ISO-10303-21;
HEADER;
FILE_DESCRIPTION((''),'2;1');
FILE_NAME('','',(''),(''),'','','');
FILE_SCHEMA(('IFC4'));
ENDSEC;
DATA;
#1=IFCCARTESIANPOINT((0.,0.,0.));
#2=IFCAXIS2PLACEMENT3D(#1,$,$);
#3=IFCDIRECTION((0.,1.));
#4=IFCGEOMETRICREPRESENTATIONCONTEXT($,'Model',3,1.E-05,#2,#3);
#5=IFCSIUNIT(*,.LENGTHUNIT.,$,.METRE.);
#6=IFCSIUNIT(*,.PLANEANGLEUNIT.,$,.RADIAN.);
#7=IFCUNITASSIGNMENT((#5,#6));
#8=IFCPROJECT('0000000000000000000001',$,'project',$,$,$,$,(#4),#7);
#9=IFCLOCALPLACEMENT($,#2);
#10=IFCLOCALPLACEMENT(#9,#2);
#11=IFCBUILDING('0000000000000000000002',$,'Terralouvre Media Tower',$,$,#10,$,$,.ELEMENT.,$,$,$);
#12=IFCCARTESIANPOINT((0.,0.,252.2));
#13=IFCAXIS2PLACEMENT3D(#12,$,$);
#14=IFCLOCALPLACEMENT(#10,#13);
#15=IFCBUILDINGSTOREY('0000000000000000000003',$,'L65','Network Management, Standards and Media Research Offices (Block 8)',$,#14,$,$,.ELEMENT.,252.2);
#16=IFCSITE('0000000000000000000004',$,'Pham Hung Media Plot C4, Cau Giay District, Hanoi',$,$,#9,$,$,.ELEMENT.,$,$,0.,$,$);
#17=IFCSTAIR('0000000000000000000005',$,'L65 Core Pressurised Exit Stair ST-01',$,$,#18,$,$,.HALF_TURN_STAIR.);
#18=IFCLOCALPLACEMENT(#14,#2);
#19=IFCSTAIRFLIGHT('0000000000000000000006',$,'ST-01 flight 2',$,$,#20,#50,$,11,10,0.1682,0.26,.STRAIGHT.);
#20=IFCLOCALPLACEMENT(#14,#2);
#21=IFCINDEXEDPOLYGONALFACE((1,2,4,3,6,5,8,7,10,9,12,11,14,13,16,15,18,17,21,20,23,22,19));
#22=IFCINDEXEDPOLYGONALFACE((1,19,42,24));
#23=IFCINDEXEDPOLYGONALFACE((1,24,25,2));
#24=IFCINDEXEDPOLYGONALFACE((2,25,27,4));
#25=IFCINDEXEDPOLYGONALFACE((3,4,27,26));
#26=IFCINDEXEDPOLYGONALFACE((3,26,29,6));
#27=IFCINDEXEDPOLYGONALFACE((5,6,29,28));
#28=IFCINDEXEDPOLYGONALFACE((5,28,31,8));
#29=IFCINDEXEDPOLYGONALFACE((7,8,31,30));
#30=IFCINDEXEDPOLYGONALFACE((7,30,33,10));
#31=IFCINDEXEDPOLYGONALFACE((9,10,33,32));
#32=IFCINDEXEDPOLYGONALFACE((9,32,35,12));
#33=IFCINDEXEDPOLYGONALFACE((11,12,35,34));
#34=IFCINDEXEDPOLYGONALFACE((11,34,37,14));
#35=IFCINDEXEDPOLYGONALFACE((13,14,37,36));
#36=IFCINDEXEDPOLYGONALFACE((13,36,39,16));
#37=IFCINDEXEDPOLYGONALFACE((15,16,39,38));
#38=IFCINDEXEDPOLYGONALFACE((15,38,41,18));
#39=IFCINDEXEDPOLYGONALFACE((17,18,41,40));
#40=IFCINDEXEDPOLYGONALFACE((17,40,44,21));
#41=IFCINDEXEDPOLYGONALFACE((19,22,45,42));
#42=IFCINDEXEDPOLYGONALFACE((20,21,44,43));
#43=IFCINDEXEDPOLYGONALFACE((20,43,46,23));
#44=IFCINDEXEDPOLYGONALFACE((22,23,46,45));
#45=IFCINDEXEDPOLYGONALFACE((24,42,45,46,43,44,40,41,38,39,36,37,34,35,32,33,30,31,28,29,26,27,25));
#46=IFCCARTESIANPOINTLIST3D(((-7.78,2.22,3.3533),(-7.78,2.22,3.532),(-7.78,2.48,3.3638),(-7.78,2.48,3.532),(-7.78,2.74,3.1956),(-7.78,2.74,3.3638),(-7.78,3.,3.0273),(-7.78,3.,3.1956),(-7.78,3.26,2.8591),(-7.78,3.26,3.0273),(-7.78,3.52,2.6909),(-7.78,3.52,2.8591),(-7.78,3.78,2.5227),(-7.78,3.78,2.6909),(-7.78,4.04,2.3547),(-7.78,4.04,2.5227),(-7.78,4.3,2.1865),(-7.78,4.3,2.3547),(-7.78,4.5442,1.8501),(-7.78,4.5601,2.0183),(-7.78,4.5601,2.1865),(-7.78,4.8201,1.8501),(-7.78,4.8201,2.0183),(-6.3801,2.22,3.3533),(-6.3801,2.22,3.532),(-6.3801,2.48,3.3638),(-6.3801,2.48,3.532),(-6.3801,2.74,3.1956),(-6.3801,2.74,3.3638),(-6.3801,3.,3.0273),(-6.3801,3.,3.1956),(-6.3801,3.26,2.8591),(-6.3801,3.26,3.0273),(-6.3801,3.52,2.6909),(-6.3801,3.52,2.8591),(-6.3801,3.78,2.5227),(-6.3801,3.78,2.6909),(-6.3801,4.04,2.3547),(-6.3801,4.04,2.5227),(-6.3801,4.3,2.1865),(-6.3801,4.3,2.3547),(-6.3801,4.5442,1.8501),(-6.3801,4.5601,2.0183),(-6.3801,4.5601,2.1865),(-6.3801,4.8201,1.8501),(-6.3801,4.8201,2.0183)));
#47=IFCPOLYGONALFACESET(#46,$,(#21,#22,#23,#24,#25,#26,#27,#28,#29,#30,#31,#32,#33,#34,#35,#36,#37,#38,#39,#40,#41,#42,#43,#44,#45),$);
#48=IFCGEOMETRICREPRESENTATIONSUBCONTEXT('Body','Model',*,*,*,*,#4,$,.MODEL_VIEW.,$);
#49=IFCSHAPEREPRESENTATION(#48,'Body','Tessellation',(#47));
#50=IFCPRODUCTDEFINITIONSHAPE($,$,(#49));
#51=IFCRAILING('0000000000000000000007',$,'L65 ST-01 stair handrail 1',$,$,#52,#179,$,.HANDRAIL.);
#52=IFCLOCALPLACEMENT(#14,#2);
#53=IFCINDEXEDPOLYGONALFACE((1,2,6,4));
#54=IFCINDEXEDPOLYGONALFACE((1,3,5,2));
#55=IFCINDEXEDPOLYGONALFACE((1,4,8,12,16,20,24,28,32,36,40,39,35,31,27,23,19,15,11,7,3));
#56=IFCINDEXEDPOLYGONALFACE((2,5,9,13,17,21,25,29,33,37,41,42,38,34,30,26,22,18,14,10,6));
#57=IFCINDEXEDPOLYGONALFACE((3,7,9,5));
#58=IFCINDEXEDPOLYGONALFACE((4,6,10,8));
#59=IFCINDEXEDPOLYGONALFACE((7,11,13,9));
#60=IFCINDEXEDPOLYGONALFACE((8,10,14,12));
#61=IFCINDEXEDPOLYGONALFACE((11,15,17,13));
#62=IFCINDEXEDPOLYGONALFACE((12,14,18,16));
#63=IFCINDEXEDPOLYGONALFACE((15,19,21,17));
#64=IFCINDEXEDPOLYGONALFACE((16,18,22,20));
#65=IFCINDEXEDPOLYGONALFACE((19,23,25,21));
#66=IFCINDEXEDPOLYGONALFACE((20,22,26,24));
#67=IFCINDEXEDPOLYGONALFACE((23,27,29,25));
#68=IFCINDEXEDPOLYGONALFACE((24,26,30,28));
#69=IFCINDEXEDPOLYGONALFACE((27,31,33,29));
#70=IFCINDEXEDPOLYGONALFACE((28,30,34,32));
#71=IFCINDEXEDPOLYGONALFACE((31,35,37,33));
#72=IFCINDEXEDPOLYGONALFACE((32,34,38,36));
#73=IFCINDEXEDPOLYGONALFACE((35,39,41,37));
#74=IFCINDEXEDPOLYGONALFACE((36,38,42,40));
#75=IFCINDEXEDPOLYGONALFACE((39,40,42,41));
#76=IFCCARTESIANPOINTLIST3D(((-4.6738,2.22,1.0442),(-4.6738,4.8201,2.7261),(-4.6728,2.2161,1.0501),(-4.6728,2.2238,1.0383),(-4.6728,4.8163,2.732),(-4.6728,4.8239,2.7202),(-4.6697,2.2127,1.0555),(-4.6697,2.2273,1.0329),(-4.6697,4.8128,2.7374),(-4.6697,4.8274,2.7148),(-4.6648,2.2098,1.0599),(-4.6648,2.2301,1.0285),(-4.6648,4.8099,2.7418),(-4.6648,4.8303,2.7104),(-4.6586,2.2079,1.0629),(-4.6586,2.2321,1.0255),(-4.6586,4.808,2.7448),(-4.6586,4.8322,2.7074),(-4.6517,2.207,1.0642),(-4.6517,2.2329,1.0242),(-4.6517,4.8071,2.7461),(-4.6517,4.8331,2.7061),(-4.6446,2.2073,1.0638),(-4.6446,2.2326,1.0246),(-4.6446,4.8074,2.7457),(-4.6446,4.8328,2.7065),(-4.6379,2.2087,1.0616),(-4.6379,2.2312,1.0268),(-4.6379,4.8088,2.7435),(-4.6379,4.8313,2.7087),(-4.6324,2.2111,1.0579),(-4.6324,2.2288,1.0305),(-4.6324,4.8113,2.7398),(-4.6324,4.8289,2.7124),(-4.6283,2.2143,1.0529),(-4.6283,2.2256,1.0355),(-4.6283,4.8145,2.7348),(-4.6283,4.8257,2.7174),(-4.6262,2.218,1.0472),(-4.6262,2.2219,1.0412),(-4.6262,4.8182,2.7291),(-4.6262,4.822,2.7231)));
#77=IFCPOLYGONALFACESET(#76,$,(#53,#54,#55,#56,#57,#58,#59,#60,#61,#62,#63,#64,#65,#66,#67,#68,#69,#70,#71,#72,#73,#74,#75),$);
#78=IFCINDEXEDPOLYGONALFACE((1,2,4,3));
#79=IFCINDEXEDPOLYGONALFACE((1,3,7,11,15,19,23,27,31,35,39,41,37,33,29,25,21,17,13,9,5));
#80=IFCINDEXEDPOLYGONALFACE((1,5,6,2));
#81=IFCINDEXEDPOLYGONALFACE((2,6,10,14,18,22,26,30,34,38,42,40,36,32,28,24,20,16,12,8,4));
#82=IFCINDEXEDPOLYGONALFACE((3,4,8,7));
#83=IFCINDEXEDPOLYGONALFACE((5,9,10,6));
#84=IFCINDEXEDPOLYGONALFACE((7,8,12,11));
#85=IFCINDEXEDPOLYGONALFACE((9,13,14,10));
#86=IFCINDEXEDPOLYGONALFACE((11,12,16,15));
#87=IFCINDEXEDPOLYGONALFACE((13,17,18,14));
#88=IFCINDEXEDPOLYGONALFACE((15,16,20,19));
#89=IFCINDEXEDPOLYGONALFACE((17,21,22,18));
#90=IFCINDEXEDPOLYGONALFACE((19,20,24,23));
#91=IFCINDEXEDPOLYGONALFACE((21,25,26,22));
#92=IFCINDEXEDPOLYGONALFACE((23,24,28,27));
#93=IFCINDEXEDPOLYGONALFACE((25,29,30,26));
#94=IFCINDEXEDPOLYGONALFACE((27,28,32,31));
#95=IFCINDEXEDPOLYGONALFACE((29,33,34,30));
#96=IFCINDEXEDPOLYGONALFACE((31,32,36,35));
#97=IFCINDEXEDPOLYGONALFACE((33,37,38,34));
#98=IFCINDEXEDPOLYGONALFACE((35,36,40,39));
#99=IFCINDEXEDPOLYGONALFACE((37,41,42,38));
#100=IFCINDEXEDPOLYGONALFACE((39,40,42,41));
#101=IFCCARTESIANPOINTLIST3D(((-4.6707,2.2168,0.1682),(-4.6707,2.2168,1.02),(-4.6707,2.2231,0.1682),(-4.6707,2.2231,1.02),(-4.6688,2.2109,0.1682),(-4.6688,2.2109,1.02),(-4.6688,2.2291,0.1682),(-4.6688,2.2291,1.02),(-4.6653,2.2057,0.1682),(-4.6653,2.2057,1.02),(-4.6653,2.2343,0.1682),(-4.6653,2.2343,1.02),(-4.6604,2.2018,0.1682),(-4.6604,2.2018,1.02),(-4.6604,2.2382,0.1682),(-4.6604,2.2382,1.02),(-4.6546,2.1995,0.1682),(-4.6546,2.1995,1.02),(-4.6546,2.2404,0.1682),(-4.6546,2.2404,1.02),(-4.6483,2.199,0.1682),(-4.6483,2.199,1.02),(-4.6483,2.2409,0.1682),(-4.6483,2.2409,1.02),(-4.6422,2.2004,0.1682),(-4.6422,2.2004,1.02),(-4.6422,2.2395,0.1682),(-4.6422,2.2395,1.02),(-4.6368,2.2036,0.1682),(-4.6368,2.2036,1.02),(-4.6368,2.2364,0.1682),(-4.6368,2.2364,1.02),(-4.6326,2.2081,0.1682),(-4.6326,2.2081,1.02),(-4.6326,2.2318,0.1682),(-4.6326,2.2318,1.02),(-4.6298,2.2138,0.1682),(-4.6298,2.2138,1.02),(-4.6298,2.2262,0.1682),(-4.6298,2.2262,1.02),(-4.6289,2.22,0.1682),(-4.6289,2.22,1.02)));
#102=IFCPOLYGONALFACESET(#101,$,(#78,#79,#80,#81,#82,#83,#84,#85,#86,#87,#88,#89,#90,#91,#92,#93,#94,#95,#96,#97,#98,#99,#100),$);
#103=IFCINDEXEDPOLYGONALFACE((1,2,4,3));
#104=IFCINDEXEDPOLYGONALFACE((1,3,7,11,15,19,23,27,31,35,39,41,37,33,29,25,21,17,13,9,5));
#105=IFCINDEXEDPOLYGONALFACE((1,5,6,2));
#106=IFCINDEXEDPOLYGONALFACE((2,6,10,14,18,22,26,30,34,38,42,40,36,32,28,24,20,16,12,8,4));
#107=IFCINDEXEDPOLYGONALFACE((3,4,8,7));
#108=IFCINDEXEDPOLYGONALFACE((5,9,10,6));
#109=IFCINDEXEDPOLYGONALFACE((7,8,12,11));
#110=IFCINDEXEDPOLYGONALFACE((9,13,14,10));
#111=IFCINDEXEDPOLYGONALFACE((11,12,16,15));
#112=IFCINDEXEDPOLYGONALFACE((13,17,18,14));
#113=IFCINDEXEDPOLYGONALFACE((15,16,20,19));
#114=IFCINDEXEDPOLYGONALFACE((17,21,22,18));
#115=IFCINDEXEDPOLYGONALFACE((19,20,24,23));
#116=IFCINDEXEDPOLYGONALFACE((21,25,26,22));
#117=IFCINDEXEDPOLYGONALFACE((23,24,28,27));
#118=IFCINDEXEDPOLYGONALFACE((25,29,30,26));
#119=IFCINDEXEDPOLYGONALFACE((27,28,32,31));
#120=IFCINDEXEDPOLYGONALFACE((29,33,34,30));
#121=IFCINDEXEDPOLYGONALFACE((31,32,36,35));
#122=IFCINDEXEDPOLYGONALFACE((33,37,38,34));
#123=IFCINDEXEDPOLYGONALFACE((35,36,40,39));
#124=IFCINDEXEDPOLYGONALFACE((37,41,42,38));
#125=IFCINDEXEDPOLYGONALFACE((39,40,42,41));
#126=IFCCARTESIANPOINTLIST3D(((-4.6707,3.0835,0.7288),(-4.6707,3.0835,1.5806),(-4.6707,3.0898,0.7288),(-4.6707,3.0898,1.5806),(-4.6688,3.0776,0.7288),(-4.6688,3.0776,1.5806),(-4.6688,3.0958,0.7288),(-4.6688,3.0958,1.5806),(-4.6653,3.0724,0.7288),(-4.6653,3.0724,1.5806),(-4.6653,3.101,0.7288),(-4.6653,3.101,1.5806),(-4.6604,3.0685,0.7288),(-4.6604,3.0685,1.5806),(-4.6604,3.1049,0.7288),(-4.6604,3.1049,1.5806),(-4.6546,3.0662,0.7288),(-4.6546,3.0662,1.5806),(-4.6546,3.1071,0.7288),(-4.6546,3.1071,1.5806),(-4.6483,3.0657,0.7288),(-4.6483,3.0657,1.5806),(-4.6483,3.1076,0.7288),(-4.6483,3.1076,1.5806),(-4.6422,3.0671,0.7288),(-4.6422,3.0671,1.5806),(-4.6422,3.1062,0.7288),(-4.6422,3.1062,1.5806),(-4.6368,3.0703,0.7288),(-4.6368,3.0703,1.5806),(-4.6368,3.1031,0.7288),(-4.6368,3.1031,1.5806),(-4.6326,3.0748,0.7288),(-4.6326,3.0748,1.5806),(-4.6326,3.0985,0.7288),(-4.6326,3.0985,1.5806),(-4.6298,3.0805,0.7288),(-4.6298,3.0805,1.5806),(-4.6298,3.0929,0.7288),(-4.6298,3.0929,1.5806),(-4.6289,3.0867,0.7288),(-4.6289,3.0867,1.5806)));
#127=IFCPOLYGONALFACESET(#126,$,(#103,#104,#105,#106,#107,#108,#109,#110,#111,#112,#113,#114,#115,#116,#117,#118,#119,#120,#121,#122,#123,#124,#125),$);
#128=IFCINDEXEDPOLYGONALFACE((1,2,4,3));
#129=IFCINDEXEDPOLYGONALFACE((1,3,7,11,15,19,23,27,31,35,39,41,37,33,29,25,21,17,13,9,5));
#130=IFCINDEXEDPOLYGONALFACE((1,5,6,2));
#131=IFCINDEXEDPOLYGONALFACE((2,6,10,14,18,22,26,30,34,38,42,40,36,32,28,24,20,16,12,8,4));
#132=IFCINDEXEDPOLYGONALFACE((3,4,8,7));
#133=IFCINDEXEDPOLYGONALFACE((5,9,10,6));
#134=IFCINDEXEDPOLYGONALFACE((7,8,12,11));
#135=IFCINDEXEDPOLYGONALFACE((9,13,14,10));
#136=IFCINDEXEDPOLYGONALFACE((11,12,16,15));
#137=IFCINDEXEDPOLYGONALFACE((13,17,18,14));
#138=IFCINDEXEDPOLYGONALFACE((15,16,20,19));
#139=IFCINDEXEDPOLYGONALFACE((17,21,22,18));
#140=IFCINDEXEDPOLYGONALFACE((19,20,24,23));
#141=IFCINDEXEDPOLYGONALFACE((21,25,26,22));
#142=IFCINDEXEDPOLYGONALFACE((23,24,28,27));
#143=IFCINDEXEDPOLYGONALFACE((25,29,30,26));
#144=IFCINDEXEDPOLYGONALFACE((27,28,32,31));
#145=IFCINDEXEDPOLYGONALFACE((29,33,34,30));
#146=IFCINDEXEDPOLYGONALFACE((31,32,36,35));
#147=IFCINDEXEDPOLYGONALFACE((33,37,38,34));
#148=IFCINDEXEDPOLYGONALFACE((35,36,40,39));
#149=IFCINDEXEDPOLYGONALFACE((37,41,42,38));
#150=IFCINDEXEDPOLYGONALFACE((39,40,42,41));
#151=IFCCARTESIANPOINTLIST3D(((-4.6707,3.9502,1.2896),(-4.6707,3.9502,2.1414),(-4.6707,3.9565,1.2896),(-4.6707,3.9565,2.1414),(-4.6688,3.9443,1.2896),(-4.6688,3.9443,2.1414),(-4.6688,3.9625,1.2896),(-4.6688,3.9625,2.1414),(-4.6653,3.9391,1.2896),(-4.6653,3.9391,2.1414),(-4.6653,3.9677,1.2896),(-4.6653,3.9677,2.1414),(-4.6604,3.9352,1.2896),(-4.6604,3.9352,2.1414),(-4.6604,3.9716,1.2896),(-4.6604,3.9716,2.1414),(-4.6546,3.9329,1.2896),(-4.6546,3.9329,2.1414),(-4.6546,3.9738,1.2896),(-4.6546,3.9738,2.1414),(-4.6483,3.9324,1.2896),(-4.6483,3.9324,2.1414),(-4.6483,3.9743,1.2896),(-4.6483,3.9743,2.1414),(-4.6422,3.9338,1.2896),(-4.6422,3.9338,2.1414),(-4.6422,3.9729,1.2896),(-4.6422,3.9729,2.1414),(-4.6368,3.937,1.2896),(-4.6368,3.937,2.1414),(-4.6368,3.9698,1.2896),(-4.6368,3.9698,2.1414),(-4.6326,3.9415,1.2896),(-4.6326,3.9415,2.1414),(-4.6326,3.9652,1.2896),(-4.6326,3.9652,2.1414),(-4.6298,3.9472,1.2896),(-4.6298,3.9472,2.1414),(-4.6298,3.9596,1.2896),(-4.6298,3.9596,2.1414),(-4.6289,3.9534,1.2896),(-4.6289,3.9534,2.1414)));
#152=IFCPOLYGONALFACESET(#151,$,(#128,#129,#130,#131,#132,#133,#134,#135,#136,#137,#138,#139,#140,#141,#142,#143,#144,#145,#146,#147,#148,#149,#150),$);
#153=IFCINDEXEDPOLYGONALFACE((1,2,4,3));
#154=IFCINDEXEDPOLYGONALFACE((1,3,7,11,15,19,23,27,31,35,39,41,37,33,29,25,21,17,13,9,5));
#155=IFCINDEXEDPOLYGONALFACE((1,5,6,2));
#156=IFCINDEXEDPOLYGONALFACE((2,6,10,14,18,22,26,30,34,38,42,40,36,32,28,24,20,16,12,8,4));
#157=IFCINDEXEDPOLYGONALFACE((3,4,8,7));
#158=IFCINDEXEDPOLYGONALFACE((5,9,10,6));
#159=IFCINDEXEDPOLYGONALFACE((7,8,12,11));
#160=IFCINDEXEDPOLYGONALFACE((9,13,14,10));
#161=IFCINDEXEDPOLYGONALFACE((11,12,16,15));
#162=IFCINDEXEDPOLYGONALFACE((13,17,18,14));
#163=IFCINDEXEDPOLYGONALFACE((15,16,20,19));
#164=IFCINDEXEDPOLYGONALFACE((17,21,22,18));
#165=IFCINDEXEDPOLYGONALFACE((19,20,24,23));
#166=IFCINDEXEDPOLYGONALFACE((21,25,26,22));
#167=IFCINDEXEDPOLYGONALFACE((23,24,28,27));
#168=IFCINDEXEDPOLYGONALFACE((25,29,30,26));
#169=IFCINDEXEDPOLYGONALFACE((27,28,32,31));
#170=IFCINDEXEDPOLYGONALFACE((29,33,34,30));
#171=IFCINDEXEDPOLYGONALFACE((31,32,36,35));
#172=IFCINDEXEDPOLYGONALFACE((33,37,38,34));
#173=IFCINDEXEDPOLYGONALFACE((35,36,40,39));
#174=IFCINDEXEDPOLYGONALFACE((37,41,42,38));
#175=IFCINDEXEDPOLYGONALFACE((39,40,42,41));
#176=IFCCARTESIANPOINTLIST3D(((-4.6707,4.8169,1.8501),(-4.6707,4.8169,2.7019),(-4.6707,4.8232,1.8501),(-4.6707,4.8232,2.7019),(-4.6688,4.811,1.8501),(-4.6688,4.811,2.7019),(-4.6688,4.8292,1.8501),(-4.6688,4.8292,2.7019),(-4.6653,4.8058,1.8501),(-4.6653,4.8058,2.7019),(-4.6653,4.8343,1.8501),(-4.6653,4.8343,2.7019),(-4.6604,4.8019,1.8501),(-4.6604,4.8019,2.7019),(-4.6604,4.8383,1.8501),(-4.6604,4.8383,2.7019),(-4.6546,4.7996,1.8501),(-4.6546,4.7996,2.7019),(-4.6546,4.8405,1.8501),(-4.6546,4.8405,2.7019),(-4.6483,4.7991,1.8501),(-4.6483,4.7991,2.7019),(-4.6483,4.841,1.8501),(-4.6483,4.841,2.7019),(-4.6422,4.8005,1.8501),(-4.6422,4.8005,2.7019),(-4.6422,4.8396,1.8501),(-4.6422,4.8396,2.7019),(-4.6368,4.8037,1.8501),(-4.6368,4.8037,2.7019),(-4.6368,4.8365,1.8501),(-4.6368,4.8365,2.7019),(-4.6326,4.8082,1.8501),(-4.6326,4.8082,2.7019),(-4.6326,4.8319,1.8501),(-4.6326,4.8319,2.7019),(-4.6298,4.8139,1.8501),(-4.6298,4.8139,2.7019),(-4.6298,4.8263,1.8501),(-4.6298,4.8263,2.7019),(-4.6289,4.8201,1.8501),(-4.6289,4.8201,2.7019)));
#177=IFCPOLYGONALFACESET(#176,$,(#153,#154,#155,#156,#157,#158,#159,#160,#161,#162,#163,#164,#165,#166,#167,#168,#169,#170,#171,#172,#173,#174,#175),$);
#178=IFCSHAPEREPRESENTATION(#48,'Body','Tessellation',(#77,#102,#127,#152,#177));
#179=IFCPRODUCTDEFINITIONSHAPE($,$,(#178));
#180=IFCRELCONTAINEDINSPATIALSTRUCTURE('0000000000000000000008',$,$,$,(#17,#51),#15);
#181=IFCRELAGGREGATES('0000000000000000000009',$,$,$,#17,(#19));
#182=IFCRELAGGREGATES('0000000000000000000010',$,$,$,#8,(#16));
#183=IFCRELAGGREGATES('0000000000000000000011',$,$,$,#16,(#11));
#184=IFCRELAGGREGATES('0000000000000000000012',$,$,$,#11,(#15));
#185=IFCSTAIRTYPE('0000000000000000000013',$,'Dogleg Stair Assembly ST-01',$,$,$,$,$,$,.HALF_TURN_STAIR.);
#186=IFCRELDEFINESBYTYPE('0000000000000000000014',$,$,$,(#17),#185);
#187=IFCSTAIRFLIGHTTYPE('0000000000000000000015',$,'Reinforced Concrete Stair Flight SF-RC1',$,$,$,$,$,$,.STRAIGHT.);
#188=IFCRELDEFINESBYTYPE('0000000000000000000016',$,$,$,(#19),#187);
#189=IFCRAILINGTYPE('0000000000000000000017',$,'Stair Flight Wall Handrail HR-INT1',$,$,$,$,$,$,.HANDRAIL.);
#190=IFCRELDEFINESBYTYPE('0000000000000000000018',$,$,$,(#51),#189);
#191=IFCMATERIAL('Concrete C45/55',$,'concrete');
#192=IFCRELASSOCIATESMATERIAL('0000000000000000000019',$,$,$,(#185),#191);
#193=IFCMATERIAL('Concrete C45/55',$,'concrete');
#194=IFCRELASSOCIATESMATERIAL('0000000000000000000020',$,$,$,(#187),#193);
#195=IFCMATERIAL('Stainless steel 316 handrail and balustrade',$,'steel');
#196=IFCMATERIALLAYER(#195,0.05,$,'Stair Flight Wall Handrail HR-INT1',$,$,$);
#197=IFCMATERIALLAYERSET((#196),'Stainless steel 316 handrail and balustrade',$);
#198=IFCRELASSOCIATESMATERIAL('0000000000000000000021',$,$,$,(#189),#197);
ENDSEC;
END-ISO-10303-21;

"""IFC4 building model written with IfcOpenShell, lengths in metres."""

from ifc_helpers import new_model, si_unit, direction, frame, origin, origin_2d, place, context, subcontext, project, spatial, polyline, circle, outline, extrude, material, layer, layer_set, type_object, element, aggregate, save


model = new_model("IFC4")

# Units and contexts
model_context = context("Model", 3, precision=1e-05, world=origin(), true_north=direction((0.0, 1.0)))
body_context = subcontext(model_context, "Body", "Model", "MODEL_VIEW")
ifc_project = project(units=[si_unit("LENGTHUNIT", "METRE"), si_unit("PLANEANGLEUNIT", "RADIAN")], contexts=[model_context])

# Site, building, storey
site_placement = place(None, origin())
site = spatial("IfcSite", under=ifc_project, at=site_placement, Name="Pham Hung Media Plot C4, Cau Giay District, Hanoi", CompositionType="ELEMENT", RefElevation=0.0)
building_placement = place(site_placement, origin())
building = spatial("IfcBuilding", under=site, at=building_placement, Name="Terralouvre Media Tower", CompositionType="ELEMENT")
storey_placement = place(building_placement, frame((0.0, 0.0, 252.2)))
storey = spatial("IfcBuildingStorey", under=building, at=storey_placement, Name="L65", Description="Network Management, Standards and Media Research Offices (Block 8)", CompositionType="ELEMENT", Elevation=252.2)

# Stair, stair flight
ifc_material_1 = material(Name="Concrete C45/55", Category="concrete")
stair_type = type_object("IfcStairType", Name="Dogleg Stair Assembly ST-01", PredefinedType="HALF_TURN_STAIR", material=ifc_material_1)
stair_placement = place(storey_placement, origin())
stair = element("IfcStair", 1, at=stair_placement, inside=storey, type_object=stair_type, Name="L65 Core Pressurised Exit Stair ST-01", PredefinedType="HALF_TURN_STAIR")
ifc_material_2 = material(Name="Concrete C45/55", Category="concrete")
stair_flight_type = type_object("IfcStairFlightType", Name="Reinforced Concrete Stair Flight SF-RC1", PredefinedType="STRAIGHT", material=ifc_material_2)
stair_flight_1_placement = place(storey_placement, frame((-7.0801, 4.8201, 1.8501), z_axis=(0.0, 0.0, 1.0), x_axis=(0.0, -1.0, 0.0)))
stair_flight_1 = element("IfcStairFlight", 2, at=stair_flight_1_placement, type_object=stair_flight_type, Name="ST-01 flight 2", NumberOfRisers=11, NumberOfTreads=10, PredefinedType="STRAIGHT", RiserHeight=0.1682, TreadLength=0.26, context=body_context, shape_type="SweptSolid", body=[
    extrude(outline(polyline([(0.0, 0.0), (0.0, 0.1682), (0.26, 0.1682), (0.26, 0.3364), (0.52, 0.3364), (0.52, 0.5046), (0.78, 0.5046), (0.78, 0.6726), (1.04, 0.6726), (1.04, 0.8408), (1.3, 0.8408), (1.3, 1.009), (1.5601, 1.009), (1.5601, 1.1772), (1.8201, 1.1772), (1.8201, 1.3455), (2.0801, 1.3455), (2.0801, 1.5137), (2.3401, 1.5137), (2.3401, 1.6819), (2.6001, 1.6819), (2.6001, 1.8501), (2.6001, 1.5032), (0.2759, 0.0), (0.0, 0.0)])), frame((0.0, 0.7, 0.0), z_axis=(0.0, -1.0, 0.0), x_axis=(1.0, 0.0, 0.0)), (0.0, 0.0, 1.0), 1.3999),
])
aggregate(stair, [stair_flight_1])

# Railing
ifc_material_3 = material(Name="Stainless steel 316 handrail and balustrade", Category="steel")
ifc_layer_1 = layer(ifc_material_3, 0.05, Name="Stair Flight Wall Handrail HR-INT1")
ifc_layer_set_1 = layer_set([ifc_layer_1], Name="Stainless steel 316 handrail and balustrade")
railing_type_1 = type_object("IfcRailingType", Name="Stair Flight Wall Handrail HR-INT1", PredefinedType="HANDRAIL", material=ifc_layer_set_1)
railing_1_placement = place(storey_placement, frame((-4.6499, 2.22, 0.1682)))
element("IfcRailing", 3, at=railing_1_placement, inside=storey, type_object=railing_type_1, Name="L65 ST-01 stair handrail 1", PredefinedType="HANDRAIL", context=body_context, shape_type="SweptSolid", body=[
    extrude(circle(Radius=0.0239, at=origin_2d()), frame((0.0, 0.0, 0.876), z_axis=(0.0, 0.839648, 0.54313), x_axis=(-1.0, 0.0, 0.0)), (0.0, 0.0, 1.0), 3.0967),
    extrude(circle(Radius=0.021, at=origin_2d()), origin(), (0.0, 0.0, 1.0), 0.8518),
    extrude(circle(Radius=0.021, at=origin_2d()), frame((0.0, 0.8667, 0.5605)), (0.0, 0.0, 1.0), 0.8518),
    extrude(circle(Radius=0.021, at=origin_2d()), frame((0.0, 1.7334, 1.1213)), (0.0, 0.0, 1.0), 0.8518),
    extrude(circle(Radius=0.021, at=origin_2d()), frame((0.0, 2.6001, 1.6819)), (0.0, 0.0, 1.0), 0.8518),
])

save(model, "model.ifc")
